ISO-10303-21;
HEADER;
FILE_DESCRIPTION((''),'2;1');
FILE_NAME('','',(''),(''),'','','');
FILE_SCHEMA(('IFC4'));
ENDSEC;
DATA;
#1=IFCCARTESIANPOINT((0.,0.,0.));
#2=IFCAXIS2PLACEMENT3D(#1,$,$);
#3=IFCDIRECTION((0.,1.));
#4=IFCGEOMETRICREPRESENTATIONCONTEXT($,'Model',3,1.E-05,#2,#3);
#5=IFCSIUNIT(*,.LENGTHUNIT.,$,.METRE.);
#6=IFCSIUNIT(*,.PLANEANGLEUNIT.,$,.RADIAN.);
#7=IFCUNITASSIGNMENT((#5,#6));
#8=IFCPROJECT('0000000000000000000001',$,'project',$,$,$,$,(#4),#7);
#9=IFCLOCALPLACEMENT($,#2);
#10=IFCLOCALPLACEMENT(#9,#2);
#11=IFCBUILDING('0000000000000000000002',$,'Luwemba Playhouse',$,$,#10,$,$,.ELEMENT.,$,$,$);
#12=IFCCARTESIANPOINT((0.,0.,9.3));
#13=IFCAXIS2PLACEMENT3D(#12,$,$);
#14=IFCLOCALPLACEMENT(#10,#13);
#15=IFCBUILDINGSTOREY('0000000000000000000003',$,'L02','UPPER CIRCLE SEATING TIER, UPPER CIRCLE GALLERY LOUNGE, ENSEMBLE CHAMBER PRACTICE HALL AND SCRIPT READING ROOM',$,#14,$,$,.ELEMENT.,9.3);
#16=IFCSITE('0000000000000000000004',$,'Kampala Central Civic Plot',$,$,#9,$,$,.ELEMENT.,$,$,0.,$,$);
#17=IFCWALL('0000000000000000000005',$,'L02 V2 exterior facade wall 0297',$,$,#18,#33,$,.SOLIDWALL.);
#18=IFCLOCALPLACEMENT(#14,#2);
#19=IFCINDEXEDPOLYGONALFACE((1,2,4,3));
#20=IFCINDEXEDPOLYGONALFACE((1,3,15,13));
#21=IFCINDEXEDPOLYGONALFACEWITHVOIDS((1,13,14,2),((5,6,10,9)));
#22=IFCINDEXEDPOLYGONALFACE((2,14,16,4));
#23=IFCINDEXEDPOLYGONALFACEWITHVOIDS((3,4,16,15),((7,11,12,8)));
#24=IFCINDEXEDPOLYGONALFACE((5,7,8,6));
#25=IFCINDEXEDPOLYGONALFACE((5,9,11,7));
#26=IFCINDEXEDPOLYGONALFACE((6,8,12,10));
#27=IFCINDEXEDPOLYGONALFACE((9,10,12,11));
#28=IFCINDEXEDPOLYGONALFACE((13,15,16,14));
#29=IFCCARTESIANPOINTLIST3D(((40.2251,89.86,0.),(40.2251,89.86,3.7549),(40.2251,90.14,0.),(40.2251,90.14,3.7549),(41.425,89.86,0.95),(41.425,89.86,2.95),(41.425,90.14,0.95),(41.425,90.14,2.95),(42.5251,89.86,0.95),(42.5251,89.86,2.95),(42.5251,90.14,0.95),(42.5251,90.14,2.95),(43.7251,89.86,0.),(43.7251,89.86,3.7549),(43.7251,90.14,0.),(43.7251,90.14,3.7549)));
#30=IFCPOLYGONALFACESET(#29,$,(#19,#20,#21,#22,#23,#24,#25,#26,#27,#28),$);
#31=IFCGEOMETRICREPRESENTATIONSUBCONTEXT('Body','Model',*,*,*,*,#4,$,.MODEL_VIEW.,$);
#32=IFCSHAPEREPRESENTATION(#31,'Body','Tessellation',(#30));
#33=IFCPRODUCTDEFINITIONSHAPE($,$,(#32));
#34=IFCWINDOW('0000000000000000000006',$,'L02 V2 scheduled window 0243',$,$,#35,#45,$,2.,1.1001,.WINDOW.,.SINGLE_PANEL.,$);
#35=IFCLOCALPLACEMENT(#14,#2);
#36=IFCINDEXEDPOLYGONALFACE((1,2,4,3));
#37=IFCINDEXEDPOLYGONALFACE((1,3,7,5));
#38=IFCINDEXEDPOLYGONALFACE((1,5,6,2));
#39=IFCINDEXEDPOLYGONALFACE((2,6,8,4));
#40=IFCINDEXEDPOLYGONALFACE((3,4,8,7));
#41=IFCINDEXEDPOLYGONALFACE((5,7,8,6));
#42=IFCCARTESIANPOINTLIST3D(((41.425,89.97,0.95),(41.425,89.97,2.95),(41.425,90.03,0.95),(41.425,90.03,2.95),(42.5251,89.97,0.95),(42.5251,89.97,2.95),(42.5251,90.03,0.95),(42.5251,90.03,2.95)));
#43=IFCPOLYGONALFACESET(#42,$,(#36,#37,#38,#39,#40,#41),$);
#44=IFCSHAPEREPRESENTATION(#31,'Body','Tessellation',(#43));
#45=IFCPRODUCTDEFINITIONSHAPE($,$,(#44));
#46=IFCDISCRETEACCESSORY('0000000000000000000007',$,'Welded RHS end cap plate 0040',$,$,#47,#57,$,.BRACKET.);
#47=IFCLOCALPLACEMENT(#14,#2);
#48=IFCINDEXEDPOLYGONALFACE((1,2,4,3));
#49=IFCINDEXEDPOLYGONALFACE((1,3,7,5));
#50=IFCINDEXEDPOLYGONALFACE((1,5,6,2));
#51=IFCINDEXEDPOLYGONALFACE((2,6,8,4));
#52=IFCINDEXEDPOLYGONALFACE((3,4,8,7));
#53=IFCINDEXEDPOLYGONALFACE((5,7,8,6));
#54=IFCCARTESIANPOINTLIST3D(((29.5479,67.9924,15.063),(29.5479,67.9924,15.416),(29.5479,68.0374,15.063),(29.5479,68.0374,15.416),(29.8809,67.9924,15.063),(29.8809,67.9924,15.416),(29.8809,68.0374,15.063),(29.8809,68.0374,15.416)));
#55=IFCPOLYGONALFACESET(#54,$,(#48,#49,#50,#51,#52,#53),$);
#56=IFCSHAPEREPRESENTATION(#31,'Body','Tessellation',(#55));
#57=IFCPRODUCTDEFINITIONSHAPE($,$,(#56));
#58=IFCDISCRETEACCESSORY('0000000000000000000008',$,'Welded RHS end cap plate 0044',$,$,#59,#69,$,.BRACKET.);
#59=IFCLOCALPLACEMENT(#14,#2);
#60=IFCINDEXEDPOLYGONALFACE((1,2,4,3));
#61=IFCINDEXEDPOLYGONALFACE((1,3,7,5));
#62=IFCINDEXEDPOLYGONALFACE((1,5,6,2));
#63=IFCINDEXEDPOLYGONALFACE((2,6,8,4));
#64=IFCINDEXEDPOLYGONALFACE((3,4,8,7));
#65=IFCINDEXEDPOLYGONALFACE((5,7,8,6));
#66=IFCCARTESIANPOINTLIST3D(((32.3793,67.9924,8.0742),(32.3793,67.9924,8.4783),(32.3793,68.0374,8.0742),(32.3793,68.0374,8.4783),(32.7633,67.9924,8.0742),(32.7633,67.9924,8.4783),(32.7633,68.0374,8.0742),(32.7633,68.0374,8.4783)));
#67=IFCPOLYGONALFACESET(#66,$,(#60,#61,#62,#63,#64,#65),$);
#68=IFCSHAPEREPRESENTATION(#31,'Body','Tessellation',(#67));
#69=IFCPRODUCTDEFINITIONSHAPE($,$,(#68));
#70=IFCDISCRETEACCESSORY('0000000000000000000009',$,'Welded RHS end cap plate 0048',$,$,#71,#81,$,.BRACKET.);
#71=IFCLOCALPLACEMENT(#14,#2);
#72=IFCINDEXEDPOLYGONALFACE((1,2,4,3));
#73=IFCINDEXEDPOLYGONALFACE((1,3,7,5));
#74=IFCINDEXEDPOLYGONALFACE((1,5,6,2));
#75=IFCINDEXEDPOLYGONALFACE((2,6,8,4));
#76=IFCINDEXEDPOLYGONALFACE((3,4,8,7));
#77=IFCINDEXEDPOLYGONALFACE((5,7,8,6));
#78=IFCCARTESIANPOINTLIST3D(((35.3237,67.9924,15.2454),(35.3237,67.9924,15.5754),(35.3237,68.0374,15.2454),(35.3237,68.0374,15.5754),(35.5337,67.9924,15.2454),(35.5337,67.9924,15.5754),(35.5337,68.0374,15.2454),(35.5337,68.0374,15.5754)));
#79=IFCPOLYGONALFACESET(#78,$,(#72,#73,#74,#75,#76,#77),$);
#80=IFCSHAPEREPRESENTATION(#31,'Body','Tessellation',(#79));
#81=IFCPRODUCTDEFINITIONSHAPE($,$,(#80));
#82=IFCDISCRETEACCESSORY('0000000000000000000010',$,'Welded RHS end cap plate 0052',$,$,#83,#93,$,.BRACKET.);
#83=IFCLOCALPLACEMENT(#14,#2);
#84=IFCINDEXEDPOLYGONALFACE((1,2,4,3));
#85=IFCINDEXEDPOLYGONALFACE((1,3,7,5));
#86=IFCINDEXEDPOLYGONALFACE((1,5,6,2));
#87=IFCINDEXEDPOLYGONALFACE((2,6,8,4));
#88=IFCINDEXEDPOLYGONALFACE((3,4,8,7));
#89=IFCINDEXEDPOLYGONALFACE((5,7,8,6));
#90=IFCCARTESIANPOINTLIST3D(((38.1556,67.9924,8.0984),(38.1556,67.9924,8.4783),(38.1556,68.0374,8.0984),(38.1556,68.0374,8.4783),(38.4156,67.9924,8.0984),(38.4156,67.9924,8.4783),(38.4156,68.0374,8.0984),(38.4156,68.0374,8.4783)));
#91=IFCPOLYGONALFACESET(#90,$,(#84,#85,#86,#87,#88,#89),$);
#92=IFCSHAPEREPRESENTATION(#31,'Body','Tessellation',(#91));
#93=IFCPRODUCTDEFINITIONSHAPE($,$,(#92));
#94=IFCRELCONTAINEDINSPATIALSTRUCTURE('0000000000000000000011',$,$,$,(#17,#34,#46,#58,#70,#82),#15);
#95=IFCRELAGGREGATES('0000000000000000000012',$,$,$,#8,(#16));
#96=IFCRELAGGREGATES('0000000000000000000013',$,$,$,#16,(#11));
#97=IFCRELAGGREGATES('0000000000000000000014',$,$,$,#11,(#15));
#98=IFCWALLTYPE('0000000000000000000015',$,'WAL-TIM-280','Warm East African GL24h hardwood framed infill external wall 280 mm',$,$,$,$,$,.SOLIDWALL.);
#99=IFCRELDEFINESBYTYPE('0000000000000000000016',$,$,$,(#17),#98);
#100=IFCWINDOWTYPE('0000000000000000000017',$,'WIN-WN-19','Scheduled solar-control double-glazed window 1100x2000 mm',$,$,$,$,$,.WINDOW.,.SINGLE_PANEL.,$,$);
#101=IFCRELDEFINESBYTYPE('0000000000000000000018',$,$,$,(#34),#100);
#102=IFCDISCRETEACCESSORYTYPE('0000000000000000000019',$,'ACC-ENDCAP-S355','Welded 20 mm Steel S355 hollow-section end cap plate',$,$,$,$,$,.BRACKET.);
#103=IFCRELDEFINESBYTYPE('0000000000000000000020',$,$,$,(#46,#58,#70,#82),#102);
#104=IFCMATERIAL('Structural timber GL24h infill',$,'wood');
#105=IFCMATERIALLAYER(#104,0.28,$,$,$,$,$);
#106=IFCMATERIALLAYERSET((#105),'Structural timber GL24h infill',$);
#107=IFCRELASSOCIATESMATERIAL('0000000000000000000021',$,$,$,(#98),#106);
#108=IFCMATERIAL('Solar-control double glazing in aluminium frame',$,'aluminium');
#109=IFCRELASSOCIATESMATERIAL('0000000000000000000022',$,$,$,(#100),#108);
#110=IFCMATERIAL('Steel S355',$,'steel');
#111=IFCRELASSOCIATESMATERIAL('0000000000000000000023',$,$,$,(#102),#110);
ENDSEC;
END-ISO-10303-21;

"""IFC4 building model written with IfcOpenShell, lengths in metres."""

from ifc_helpers import new_model, si_unit, direction, frame, frame_2d, origin, origin_2d, place, context, subcontext, project, spatial, rectangle, extrude, material, layer, layer_set, type_object, element, fill, save


model = new_model("IFC4")

# Units and contexts
model_context = context("Model", 3, precision=1e-05, world=origin(), true_north=direction((0.0, 1.0)))
body_context = subcontext(model_context, "Body", "Model", "MODEL_VIEW")
ifc_project = project(units=[si_unit("LENGTHUNIT", "METRE"), si_unit("PLANEANGLEUNIT", "RADIAN")], contexts=[model_context])

# Site, building, storey
site_placement = place(None, origin())
site = spatial("IfcSite", under=ifc_project, at=site_placement, Name="Kampala Central Civic Plot", CompositionType="ELEMENT", RefElevation=0.0)
building_placement = place(site_placement, origin())
building = spatial("IfcBuilding", under=site, at=building_placement, Name="Luwemba Playhouse", CompositionType="ELEMENT")
storey_placement = place(building_placement, frame((0.0, 0.0, 9.3)))
storey = spatial("IfcBuildingStorey", under=building, at=storey_placement, Name="L02", Description="UPPER CIRCLE SEATING TIER, UPPER CIRCLE GALLERY LOUNGE, ENSEMBLE CHAMBER PRACTICE HALL AND SCRIPT READING ROOM", CompositionType="ELEMENT", Elevation=9.3)

# Shared definitions
ifc_material_1 = material(Name="Steel S355", Category="steel")

# Shared definitions
ifc_material_2 = material(Name="Solar-control double glazing in aluminium frame", Category="aluminium")

# Wall, opening, window
ifc_material_3 = material(Name="Structural timber GL24h infill", Category="wood")
ifc_layer_1 = layer(ifc_material_3, 0.28)
ifc_layer_set_1 = layer_set([ifc_layer_1], Name="Structural timber GL24h infill")
wall_type_1 = type_object("IfcWallType", Name="WAL-TIM-280", Description="Warm East African GL24h hardwood framed infill external wall 280 mm", PredefinedType="SOLIDWALL", material=ifc_layer_set_1)
wall_1_placement = place(storey_placement, frame((40.2251, 90.0, 0.0), z_axis=(0.0, 0.0, 1.0), x_axis=(1.0, 0.0, 0.0)))
wall_1 = element("IfcWall", 1, at=wall_1_placement, inside=storey, type_object=wall_type_1, Name="L02 V2 exterior facade wall 0297", PredefinedType="SOLIDWALL", context=body_context, shape_type="SweptSolid", body=[
    extrude(rectangle(XDim=3.5, YDim=0.28, at=frame_2d((1.75, 0.0))), origin(), (0.0, 0.0, 1.0), 3.7549),
])
opening_1_placement = place(wall_1_placement, frame((1.2, 0.0, 0.95)))
opening_1 = element("IfcOpeningElement", 2, at=opening_1_placement, cuts=wall_1, PredefinedType="OPENING", context=body_context, shape_type="SweptSolid", body=[
    extrude(rectangle(XDim=1.1001, YDim=2.0, at=frame_2d((0.55, 1.0))), frame((0.0, 0.1499, 0.0), z_axis=(0.0, -1.0, 0.0), x_axis=(1.0, 0.0, 0.0)), (0.0, 0.0, 1.0), 0.3),
])
window_type_1 = type_object("IfcWindowType", Name="WIN-WN-19", Description="Scheduled solar-control double-glazed window 1100x2000 mm", PartitioningType="SINGLE_PANEL", PredefinedType="WINDOW", material=ifc_material_2)
window_1_placement = place(opening_1_placement, origin())
window_1 = element("IfcWindow", 3, at=window_1_placement, inside=storey, type_object=window_type_1, Name="L02 V2 scheduled window 0243", OverallHeight=2.0, OverallWidth=1.1001, PartitioningType="SINGLE_PANEL", PredefinedType="WINDOW", context=body_context, shape_type="SweptSolid", body=[
    extrude(rectangle(XDim=1.1001, YDim=2.0, at=frame_2d((0.55, 1.0))), frame((0.0, 0.03, 0.0), z_axis=(0.0, -1.0, 0.0), x_axis=(1.0, 0.0, 0.0)), (0.0, 0.0, 1.0), 0.0601),
])
fill(opening_1, window_1)

# Discrete accessories
discrete_accessory_type = type_object("IfcDiscreteAccessoryType", Name="ACC-ENDCAP-S355", Description="Welded 20 mm Steel S355 hollow-section end cap plate", PredefinedType="BRACKET", material=ifc_material_1)
discrete_accessory_1_placement = place(storey_placement, frame((29.7144, 68.0149, 15.063), z_axis=(0.0, 0.0, 1.0), x_axis=(1.0, 0.0, 0.0)))
element("IfcDiscreteAccessory", 4, at=discrete_accessory_1_placement, inside=storey, type_object=discrete_accessory_type, Name="Welded RHS end cap plate 0040", PredefinedType="BRACKET", context=body_context, shape_type="SweptSolid", body=[
    extrude(rectangle(XDim=0.333, YDim=0.0449, at=origin_2d()), origin(), (0.0, 0.0, 1.0), 0.353),
])
discrete_accessory_2_placement = place(storey_placement, frame((32.5713, 68.0149, 8.0742), z_axis=(0.0, 0.0, 1.0), x_axis=(1.0, 0.0, 0.0)))
element("IfcDiscreteAccessory", 5, at=discrete_accessory_2_placement, inside=storey, type_object=discrete_accessory_type, Name="Welded RHS end cap plate 0044", PredefinedType="BRACKET", context=body_context, shape_type="SweptSolid", body=[
    extrude(rectangle(XDim=0.384, YDim=0.0449, at=origin_2d()), origin(), (0.0, 0.0, 1.0), 0.4041),
])
discrete_accessory_3_placement = place(storey_placement, frame((35.4287, 68.0149, 15.2454), z_axis=(0.0, 0.0, 1.0), x_axis=(1.0, 0.0, 0.0)))
element("IfcDiscreteAccessory", 6, at=discrete_accessory_3_placement, inside=storey, type_object=discrete_accessory_type, Name="Welded RHS end cap plate 0048", PredefinedType="BRACKET", context=body_context, shape_type="SweptSolid", body=[
    extrude(rectangle(XDim=0.21, YDim=0.0449, at=origin_2d()), origin(), (0.0, 0.0, 1.0), 0.3301),
])
discrete_accessory_4_placement = place(storey_placement, frame((38.2856, 68.0149, 8.0984), z_axis=(0.0, 0.0, 1.0), x_axis=(1.0, 0.0, 0.0)))
element("IfcDiscreteAccessory", 7, at=discrete_accessory_4_placement, inside=storey, type_object=discrete_accessory_type, Name="Welded RHS end cap plate 0052", PredefinedType="BRACKET", context=body_context, shape_type="SweptSolid", body=[
    extrude(rectangle(XDim=0.26, YDim=0.0449, at=origin_2d()), origin(), (0.0, 0.0, 1.0), 0.3799),
])

save(model, "model.ifc")
